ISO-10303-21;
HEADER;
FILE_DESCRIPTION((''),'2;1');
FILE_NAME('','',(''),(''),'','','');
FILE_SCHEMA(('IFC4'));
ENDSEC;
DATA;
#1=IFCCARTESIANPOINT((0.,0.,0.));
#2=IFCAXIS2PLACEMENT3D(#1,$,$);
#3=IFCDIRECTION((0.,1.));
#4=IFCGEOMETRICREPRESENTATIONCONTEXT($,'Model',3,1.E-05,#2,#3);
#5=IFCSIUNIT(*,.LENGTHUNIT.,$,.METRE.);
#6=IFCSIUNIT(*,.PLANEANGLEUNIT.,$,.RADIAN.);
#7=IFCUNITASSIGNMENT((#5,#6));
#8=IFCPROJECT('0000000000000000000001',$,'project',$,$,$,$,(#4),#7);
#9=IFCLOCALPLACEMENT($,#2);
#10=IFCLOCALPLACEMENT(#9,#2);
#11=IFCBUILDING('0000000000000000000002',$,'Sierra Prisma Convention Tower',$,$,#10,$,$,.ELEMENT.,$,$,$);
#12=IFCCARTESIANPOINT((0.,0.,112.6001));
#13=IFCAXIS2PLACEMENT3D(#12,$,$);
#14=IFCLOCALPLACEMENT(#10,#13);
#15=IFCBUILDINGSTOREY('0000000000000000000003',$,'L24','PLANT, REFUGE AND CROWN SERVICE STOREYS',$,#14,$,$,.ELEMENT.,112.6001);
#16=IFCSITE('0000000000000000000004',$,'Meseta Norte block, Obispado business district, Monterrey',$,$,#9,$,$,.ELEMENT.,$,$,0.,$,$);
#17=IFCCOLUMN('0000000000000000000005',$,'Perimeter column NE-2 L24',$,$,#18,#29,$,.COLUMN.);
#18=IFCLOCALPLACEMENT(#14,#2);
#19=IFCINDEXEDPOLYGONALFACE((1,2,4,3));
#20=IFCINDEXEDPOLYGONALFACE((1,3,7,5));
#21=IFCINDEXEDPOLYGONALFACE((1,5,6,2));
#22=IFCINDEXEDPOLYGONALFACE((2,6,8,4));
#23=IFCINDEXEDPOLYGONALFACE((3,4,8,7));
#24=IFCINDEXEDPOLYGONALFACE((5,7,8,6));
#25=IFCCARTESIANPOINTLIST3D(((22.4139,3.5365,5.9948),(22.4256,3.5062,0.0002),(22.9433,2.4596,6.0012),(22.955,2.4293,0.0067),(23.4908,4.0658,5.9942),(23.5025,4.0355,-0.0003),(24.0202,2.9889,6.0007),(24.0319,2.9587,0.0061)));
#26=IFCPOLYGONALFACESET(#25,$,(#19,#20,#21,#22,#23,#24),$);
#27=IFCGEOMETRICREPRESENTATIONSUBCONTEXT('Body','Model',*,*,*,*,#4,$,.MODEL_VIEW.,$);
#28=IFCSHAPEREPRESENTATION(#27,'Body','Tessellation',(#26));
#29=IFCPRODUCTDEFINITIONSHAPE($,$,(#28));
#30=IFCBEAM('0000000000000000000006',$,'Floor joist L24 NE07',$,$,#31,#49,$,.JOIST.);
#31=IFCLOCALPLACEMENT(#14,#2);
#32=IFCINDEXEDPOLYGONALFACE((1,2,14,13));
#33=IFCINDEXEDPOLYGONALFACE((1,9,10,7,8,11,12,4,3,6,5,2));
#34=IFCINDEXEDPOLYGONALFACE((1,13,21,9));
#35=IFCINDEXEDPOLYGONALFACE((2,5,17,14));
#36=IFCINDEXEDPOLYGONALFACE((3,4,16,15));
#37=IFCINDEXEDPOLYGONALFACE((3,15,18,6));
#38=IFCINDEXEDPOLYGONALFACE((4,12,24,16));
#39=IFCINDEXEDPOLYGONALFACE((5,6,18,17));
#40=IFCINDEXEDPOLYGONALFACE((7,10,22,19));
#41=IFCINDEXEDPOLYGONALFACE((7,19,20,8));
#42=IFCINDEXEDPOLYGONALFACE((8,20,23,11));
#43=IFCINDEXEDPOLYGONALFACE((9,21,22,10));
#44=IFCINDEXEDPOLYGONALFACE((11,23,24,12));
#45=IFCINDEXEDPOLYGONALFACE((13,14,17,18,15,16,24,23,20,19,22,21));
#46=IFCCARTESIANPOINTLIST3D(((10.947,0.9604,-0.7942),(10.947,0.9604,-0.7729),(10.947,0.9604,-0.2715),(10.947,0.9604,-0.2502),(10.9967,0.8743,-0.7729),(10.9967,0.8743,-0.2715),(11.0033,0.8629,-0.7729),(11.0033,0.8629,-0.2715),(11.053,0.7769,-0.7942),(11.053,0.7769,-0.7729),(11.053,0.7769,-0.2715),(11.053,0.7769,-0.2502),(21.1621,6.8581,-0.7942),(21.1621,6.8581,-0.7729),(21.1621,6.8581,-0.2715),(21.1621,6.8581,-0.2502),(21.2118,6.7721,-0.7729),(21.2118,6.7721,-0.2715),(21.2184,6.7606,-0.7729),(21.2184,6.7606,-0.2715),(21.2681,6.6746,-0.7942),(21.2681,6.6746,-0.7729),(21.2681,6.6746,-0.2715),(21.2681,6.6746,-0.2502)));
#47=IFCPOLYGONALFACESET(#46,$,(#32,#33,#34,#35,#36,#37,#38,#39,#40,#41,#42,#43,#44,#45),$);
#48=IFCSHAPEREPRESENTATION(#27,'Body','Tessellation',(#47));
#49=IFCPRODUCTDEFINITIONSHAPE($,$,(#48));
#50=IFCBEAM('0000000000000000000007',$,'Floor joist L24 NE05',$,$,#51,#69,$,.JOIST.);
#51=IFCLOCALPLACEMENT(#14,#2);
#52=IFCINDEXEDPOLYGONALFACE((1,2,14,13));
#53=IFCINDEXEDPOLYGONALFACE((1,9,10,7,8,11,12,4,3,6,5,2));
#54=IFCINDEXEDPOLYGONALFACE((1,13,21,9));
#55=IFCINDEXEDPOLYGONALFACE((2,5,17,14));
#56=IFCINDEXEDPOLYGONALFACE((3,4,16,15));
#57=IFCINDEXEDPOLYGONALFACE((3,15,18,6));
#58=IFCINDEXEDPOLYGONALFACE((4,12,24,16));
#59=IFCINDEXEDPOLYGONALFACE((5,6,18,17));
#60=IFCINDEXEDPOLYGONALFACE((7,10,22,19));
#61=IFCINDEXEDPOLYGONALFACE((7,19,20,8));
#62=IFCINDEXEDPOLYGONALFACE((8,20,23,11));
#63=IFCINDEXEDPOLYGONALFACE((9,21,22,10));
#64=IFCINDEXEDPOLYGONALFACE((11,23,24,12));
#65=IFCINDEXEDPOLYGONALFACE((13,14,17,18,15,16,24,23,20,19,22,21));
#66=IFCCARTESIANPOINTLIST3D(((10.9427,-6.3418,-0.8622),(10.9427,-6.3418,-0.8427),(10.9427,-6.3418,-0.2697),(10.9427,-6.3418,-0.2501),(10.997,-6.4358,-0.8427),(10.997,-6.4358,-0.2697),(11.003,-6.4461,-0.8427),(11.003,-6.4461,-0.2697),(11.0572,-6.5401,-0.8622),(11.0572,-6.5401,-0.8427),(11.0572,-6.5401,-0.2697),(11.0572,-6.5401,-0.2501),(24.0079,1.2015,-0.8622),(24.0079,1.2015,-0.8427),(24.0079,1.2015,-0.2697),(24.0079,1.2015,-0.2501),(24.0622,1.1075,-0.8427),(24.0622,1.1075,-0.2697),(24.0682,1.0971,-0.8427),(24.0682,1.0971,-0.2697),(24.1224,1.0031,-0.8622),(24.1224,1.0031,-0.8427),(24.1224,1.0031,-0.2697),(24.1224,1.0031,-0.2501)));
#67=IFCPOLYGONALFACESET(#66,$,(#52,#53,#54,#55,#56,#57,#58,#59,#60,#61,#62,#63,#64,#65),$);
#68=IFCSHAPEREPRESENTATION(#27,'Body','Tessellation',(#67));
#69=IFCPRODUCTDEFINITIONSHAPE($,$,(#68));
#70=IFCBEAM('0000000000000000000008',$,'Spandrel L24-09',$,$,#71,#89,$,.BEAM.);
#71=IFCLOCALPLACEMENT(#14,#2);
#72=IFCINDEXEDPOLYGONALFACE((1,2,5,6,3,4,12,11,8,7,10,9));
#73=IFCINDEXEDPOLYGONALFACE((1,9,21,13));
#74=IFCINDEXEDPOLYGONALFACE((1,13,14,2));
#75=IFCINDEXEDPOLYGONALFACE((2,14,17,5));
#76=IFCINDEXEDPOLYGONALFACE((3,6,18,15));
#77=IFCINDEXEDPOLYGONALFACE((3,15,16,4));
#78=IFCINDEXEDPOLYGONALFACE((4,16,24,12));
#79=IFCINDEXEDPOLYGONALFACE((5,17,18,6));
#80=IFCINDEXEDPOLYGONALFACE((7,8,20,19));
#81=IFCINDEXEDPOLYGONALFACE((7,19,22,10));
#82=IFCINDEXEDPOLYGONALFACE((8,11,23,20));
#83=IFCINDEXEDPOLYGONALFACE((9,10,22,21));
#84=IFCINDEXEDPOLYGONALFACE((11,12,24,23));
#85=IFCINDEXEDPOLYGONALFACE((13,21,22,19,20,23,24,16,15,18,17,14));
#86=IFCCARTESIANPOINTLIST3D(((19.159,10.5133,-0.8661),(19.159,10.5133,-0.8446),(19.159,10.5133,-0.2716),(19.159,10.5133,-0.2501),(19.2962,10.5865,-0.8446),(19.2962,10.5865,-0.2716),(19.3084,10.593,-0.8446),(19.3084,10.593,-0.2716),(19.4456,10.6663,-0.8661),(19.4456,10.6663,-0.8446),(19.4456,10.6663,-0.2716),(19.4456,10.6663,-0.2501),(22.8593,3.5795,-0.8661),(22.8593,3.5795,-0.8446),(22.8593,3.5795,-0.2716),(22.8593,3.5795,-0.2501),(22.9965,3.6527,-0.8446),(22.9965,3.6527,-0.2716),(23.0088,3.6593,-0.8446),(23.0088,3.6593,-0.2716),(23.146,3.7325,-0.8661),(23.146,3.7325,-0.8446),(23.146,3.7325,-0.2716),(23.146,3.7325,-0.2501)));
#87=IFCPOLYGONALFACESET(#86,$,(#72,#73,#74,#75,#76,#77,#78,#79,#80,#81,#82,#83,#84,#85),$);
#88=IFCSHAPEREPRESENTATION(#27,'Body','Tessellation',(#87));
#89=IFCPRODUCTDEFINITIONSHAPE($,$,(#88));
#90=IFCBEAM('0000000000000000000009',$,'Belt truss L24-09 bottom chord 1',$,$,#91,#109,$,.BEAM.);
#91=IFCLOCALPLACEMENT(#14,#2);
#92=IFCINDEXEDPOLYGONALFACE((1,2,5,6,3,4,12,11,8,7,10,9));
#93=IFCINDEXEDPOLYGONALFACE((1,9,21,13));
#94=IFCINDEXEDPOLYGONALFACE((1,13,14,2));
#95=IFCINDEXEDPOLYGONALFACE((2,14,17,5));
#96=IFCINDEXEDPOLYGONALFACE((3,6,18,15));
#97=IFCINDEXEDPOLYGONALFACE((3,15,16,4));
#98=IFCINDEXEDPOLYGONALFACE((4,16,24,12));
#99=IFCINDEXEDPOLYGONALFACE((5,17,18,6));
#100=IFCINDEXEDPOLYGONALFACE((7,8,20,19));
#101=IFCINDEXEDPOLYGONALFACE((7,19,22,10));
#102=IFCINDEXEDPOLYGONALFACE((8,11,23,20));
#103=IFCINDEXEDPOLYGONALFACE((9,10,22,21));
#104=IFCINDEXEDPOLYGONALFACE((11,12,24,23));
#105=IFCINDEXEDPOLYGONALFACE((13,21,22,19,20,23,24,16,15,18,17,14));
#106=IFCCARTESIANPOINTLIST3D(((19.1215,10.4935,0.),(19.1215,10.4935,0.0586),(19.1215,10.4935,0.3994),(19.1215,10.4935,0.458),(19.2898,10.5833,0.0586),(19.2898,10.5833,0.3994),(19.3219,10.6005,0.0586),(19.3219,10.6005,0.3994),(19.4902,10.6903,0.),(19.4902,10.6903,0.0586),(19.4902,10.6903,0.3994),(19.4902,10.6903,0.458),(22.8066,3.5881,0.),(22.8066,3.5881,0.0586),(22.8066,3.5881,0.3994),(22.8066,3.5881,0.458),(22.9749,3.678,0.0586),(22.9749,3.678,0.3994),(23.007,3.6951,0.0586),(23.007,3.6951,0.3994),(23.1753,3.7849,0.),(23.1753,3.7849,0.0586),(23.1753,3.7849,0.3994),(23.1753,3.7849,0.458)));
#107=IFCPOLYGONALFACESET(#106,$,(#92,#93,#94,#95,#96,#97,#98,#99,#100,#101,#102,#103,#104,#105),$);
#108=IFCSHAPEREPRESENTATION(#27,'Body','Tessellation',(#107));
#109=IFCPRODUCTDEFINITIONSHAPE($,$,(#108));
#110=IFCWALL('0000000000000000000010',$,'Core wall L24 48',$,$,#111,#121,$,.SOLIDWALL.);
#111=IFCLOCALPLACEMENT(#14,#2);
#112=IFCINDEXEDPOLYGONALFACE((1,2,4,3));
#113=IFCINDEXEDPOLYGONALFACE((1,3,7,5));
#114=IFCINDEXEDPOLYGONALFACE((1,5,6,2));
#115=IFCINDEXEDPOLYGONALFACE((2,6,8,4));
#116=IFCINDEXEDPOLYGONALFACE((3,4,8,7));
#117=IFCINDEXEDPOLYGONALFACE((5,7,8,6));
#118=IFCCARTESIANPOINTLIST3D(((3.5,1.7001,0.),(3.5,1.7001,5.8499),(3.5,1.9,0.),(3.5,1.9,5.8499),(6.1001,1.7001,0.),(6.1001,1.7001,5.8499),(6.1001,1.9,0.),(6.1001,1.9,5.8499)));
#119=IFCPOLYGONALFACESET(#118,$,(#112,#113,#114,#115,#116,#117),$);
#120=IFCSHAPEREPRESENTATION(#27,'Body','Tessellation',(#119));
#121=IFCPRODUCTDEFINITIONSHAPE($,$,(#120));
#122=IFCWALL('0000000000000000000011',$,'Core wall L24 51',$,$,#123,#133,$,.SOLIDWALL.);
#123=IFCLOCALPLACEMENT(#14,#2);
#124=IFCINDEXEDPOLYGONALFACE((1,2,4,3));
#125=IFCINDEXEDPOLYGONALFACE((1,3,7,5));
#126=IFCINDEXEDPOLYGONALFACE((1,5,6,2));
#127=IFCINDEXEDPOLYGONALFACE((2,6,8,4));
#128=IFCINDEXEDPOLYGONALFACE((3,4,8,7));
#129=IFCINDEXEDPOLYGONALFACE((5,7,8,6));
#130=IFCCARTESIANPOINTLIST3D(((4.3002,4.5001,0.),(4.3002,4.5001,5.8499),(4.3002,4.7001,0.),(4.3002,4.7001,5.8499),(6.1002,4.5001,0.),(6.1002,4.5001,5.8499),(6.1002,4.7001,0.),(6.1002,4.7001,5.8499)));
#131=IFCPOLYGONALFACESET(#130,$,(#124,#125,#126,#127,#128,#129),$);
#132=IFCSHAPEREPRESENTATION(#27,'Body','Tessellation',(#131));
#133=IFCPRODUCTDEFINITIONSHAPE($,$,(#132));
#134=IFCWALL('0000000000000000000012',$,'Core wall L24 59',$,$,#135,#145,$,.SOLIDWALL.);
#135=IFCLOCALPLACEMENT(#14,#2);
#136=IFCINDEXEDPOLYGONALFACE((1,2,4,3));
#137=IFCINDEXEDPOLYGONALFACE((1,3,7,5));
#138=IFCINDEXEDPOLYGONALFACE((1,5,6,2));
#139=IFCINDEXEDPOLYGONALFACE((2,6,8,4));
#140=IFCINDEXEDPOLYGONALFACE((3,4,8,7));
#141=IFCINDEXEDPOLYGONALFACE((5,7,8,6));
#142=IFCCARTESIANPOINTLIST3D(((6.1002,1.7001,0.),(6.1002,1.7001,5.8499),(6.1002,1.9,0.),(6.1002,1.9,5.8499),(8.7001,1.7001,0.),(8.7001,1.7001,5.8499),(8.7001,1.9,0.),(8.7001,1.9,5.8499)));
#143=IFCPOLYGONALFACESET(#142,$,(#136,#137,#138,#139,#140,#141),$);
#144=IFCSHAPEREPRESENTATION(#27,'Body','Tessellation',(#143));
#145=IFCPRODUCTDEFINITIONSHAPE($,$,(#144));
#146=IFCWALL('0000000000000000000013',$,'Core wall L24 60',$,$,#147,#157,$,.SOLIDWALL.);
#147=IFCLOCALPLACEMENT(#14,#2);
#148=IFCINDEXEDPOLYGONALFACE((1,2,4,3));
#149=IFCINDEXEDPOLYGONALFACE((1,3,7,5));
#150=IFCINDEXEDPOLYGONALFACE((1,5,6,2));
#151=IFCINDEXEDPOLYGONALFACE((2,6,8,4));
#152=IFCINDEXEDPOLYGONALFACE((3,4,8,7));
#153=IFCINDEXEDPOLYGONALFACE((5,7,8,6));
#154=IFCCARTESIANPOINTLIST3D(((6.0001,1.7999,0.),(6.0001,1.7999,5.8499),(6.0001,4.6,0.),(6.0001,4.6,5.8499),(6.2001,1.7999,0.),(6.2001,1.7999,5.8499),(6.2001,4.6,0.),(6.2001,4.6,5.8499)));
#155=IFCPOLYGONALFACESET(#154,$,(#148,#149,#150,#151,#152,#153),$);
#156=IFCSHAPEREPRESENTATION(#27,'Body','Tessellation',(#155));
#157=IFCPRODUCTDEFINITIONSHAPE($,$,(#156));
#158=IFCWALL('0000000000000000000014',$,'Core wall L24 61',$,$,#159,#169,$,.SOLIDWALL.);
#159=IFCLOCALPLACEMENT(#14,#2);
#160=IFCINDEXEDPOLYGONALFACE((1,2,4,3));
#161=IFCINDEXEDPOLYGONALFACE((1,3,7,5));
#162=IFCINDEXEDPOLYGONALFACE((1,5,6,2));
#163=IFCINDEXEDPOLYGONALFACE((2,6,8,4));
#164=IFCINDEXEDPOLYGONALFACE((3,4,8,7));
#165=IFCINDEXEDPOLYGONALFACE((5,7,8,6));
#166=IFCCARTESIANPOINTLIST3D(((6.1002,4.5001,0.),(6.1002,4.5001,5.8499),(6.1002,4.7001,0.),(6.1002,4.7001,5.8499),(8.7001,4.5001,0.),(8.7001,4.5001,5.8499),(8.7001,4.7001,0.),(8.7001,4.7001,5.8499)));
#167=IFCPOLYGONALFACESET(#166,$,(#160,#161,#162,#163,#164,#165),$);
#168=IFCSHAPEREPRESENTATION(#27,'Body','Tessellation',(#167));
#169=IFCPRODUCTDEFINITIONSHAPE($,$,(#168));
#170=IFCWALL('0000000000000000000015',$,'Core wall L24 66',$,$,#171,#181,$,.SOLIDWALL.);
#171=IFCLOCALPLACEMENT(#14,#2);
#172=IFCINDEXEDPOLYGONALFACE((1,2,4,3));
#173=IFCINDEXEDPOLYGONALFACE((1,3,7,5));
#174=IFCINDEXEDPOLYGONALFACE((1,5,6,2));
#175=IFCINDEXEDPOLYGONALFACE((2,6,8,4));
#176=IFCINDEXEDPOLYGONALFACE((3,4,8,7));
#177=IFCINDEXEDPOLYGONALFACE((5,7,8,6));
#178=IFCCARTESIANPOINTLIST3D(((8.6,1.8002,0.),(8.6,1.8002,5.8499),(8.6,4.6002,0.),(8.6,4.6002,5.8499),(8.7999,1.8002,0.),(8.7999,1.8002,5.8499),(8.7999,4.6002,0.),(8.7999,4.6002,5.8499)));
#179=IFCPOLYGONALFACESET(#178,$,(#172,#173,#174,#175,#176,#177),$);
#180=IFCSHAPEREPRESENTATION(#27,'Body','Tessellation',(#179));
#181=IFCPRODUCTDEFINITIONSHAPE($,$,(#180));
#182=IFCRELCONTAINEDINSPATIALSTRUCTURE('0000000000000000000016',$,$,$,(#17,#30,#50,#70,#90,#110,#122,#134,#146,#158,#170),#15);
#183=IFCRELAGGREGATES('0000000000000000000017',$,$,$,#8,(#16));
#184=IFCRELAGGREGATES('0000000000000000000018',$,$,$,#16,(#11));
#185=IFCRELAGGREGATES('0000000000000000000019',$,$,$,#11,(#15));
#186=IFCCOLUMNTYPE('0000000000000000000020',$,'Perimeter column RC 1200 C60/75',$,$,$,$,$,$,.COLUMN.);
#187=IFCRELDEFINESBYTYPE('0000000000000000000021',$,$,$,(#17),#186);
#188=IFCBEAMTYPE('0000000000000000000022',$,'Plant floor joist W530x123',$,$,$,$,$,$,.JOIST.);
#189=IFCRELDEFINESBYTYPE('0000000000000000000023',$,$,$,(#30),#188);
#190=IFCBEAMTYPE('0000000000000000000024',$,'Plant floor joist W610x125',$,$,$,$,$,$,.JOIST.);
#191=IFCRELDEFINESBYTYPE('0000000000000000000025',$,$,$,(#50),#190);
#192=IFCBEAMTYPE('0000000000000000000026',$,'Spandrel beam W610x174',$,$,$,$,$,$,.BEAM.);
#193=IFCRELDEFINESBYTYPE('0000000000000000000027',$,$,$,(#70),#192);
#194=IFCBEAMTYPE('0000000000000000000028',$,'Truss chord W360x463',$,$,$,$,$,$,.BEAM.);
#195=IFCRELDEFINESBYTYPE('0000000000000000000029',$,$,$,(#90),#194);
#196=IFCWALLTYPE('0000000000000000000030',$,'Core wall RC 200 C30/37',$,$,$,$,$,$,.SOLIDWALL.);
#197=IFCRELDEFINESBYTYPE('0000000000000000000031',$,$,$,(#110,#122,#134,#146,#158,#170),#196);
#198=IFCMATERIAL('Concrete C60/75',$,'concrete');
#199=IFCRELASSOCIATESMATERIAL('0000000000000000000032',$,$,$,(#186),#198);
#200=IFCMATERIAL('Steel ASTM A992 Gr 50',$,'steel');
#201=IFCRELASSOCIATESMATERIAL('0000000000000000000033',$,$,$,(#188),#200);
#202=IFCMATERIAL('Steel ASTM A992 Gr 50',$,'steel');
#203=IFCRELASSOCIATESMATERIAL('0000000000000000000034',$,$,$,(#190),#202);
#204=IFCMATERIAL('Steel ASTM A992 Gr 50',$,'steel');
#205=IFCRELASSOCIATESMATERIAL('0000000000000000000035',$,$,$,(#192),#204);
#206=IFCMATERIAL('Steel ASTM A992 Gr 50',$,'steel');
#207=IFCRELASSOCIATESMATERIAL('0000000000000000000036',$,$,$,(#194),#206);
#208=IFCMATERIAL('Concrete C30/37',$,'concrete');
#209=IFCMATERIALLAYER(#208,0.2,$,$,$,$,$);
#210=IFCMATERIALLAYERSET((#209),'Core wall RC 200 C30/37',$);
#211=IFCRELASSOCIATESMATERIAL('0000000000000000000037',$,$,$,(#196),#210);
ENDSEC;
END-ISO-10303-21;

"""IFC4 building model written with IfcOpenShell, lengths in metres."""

from ifc_helpers import new_model, si_unit, direction, frame, frame_2d, origin, origin_2d, place, context, subcontext, project, spatial, rectangle, i_section, extrude, clip, halfspace, material, layer, layer_set, material_profile, profile_set, type_object, element, save


model = new_model("IFC4")

# Units and contexts
model_context = context("Model", 3, precision=1e-05, world=origin(), true_north=direction((0.0, 1.0)))
body_context = subcontext(model_context, "Body", "Model", "MODEL_VIEW")
ifc_project = project(units=[si_unit("LENGTHUNIT", "METRE"), si_unit("PLANEANGLEUNIT", "RADIAN")], contexts=[model_context])

# Site, building, storey
site_placement = place(None, origin())
site = spatial("IfcSite", under=ifc_project, at=site_placement, Name="Meseta Norte block, Obispado business district, Monterrey", CompositionType="ELEMENT", RefElevation=0.0)
building_placement = place(site_placement, origin())
building = spatial("IfcBuilding", under=site, at=building_placement, Name="Sierra Prisma Convention Tower", CompositionType="ELEMENT")
storey_placement = place(building_placement, frame((0.0, 0.0, 112.6001)))
storey = spatial("IfcBuildingStorey", under=building, at=storey_placement, Name="L24", Description="PLANT, REFUGE AND CROWN SERVICE STOREYS", CompositionType="ELEMENT", Elevation=112.6001)

# Column
ifc_material_1 = material(Name="Concrete C60/75", Category="concrete")
ifc_material_profile_1 = material_profile(ifc_material_1, rectangle(XDim=1.2, YDim=1.2, at=origin_2d()), Name="Perimeter column RC 1200 C60/75")
ifc_profile_set_1 = profile_set([ifc_material_profile_1], Name="Concrete C60/75")
column_type = type_object("IfcColumnType", Name="Perimeter column RC 1200 C60/75", PredefinedType="COLUMN", material=ifc_profile_set_1)
column_placement = place(storey_placement, frame((23.2288, 3.2324, 0.0), z_axis=(-0.001953, 0.005045, 0.999985), x_axis=(-0.441123, 0.897431, -0.00539)))
element("IfcColumn", 1, at=column_placement, inside=storey, type_object=column_type, Name="Perimeter column NE-2 L24", PredefinedType="COLUMN", context=body_context, shape_type="SweptSolid", body=[
    clip(clip(extrude(rectangle(XDim=1.2, YDim=1.2, at=origin_2d()), origin(), (0.0, 0.0, 1.0), 6.0), halfspace(frame((0.0, 0.0, 0.0032)), True)), halfspace(frame((0.0, 0.0, 5.9978)), False)),
])

# Beams
ifc_material_2 = material(Name="Steel ASTM A992 Gr 50", Category="steel")
ifc_material_profile_2 = material_profile(ifc_material_2, i_section(OverallWidth=0.2119, OverallDepth=0.5439, WebThickness=0.0132, FlangeThickness=0.0212, at=origin_2d()), Name="W530x123")
ifc_profile_set_2 = profile_set([ifc_material_profile_2], Name="Steel ASTM A992 Gr 50")
beam_type_1 = type_object("IfcBeamType", Name="Plant floor joist W530x123", PredefinedType="JOIST", material=ifc_profile_set_2)
beam_1_placement = place(storey_placement, frame((21.2151, 6.7664, -0.5222), z_axis=(-0.866025, -0.500001, 0.0), x_axis=(0.500001, -0.866025, 0.0)))
element("IfcBeam", 2, at=beam_1_placement, inside=storey, type_object=beam_type_1, Name="Floor joist L24 NE07", PredefinedType="JOIST", context=body_context, shape_type="SweptSolid", body=[
    extrude(i_section(OverallWidth=0.2119, OverallDepth=0.5439, WebThickness=0.0132, FlangeThickness=0.0212, at=origin_2d()), origin(), (0.0, 0.0, 1.0), 11.7954),
])
ifc_material_3 = material(Name="Steel ASTM A992 Gr 50", Category="steel")
ifc_material_profile_3 = material_profile(ifc_material_3, i_section(OverallWidth=0.229, OverallDepth=0.6121, WebThickness=0.012, FlangeThickness=0.0195, at=origin_2d()), Name="W610x125")
ifc_profile_set_3 = profile_set([ifc_material_profile_3], Name="Steel ASTM A992 Gr 50")
beam_type_2 = type_object("IfcBeamType", Name="Plant floor joist W610x125", PredefinedType="JOIST", material=ifc_profile_set_3)
beam_2_placement = place(storey_placement, frame((24.0652, 1.1023, -0.5562), z_axis=(-0.866025, -0.500001, 0.0), x_axis=(0.500001, -0.866025, 0.0)))
element("IfcBeam", 3, at=beam_2_placement, inside=storey, type_object=beam_type_2, Name="Floor joist L24 NE05", PredefinedType="JOIST", context=body_context, shape_type="SweptSolid", body=[
    extrude(i_section(OverallWidth=0.229, OverallDepth=0.6121, WebThickness=0.012, FlangeThickness=0.0195, at=origin_2d()), origin(), (0.0, 0.0, 1.0), 15.0864),
])
ifc_material_4 = material(Name="Steel ASTM A992 Gr 50", Category="steel")
ifc_material_profile_4 = material_profile(ifc_material_4, i_section(OverallWidth=0.325, OverallDepth=0.616, WebThickness=0.0139, FlangeThickness=0.0215, at=origin_2d()), Name="W610x174")
ifc_profile_set_4 = profile_set([ifc_material_profile_4], Name="Steel ASTM A992 Gr 50")
beam_type_3 = type_object("IfcBeamType", Name="Spandrel beam W610x174", PredefinedType="BEAM", material=ifc_profile_set_4)
beam_3_placement = place(storey_placement, frame((23.0027, 3.656, -0.5581), z_axis=(-0.470825, 0.882227, 0.0), x_axis=(-0.882227, -0.470825, 0.0)))
element("IfcBeam", 4, at=beam_3_placement, inside=storey, type_object=beam_type_3, Name="Spandrel L24-09", PredefinedType="BEAM", context=body_context, shape_type="SweptSolid", body=[
    extrude(i_section(OverallWidth=0.325, OverallDepth=0.616, WebThickness=0.0139, FlangeThickness=0.0215, at=origin_2d()), origin(), (0.0, 0.0, 1.0), 7.8594),
])
ifc_material_5 = material(Name="Steel ASTM A992 Gr 50", Category="steel")
ifc_material_profile_5 = material_profile(ifc_material_5, i_section(OverallWidth=0.418, OverallDepth=0.458, WebThickness=0.0364, FlangeThickness=0.0586, at=origin_2d()), Name="W360x463")
ifc_profile_set_5 = profile_set([ifc_material_profile_5], Name="Steel ASTM A992 Gr 50")
beam_type_4 = type_object("IfcBeamType", Name="Truss chord W360x463", PredefinedType="BEAM", material=ifc_profile_set_5)
beam_4_placement = place(storey_placement, frame((22.991, 3.6865, 0.229), z_axis=(-0.470812, 0.882234, 0.0), x_axis=(-0.882234, -0.470812, 0.0)))
element("IfcBeam", 5, at=beam_4_placement, inside=storey, type_object=beam_type_4, Name="Belt truss L24-09 bottom chord 1", PredefinedType="BEAM", context=body_context, shape_type="SweptSolid", body=[
    extrude(i_section(OverallWidth=0.418, OverallDepth=0.458, WebThickness=0.0364, FlangeThickness=0.0586, at=origin_2d()), origin(), (0.0, 0.0, 1.0), 7.8271),
])

# Walls
ifc_material_6 = material(Name="Concrete C30/37", Category="concrete")
ifc_layer_1 = layer(ifc_material_6, 0.2)
ifc_layer_set_1 = layer_set([ifc_layer_1], Name="Core wall RC 200 C30/37")
wall_type_1 = type_object("IfcWallType", Name="Core wall RC 200 C30/37", PredefinedType="SOLIDWALL", material=ifc_layer_set_1)
wall_1_placement = place(storey_placement, frame((6.1001, 1.8, 0.0), z_axis=(0.0, 0.0, 1.0), x_axis=(-1.0, 0.0, 0.0)))
element("IfcWall", 6, at=wall_1_placement, inside=storey, type_object=wall_type_1, Name="Core wall L24 48", PredefinedType="SOLIDWALL", context=body_context, shape_type="SweptSolid", body=[
    extrude(rectangle(XDim=2.6001, YDim=0.2, at=frame_2d((1.3, 0.0))), origin(), (0.0, 0.0, 1.0), 5.8499),
])
wall_2_placement = place(storey_placement, frame((6.1001, 4.6001, 0.0), z_axis=(0.0, 0.0, 1.0), x_axis=(-1.0, 0.0, 0.0)))
element("IfcWall", 7, at=wall_2_placement, inside=storey, type_object=wall_type_1, Name="Core wall L24 51", PredefinedType="SOLIDWALL", context=body_context, shape_type="SweptSolid", body=[
    extrude(rectangle(XDim=1.8, YDim=0.2, at=frame_2d((0.8999, 0.0))), origin(), (0.0, 0.0, 1.0), 5.8499),
])
wall_3_placement = place(storey_placement, frame((8.7, 1.8, 0.0), z_axis=(0.0, 0.0, 1.0), x_axis=(-1.0, 0.0, 0.0)))
element("IfcWall", 8, at=wall_3_placement, inside=storey, type_object=wall_type_1, Name="Core wall L24 59", PredefinedType="SOLIDWALL", context=body_context, shape_type="SweptSolid", body=[
    extrude(rectangle(XDim=2.5999, YDim=0.2, at=frame_2d((1.2998, 0.0))), origin(), (0.0, 0.0, 1.0), 5.8499),
])
wall_4_placement = place(storey_placement, frame((6.1001, 1.8, 0.0), z_axis=(0.0, 0.0, 1.0), x_axis=(0.0, 1.0, 0.0)))
element("IfcWall", 9, at=wall_4_placement, inside=storey, type_object=wall_type_1, Name="Core wall L24 60", PredefinedType="SOLIDWALL", context=body_context, shape_type="SweptSolid", body=[
    extrude(rectangle(XDim=2.8, YDim=0.2, at=frame_2d((1.3999, 0.0))), origin(), (0.0, 0.0, 1.0), 5.8499),
])
wall_5_placement = place(storey_placement, frame((8.7, 4.6001, 0.0), z_axis=(0.0, 0.0, 1.0), x_axis=(-1.0, 0.0, 0.0)))
element("IfcWall", 10, at=wall_5_placement, inside=storey, type_object=wall_type_1, Name="Core wall L24 61", PredefinedType="SOLIDWALL", context=body_context, shape_type="SweptSolid", body=[
    extrude(rectangle(XDim=2.5999, YDim=0.2, at=frame_2d((1.2998, 0.0))), origin(), (0.0, 0.0, 1.0), 5.8499),
])

# Wall
wall_6_placement = place(storey_placement, frame((8.7, 4.6001, 0.0), z_axis=(0.0, 0.0, 1.0), x_axis=(0.0, -1.0, 0.0)))
element("IfcWall", 11, at=wall_6_placement, inside=storey, type_object=wall_type_1, Name="Core wall L24 66", PredefinedType="SOLIDWALL", context=body_context, shape_type="SweptSolid", body=[
    extrude(rectangle(XDim=2.8, YDim=0.2, at=frame_2d((1.3999, 0.0))), origin(), (0.0, 0.0, 1.0), 5.8499),
])

save(model, "model.ifc")
